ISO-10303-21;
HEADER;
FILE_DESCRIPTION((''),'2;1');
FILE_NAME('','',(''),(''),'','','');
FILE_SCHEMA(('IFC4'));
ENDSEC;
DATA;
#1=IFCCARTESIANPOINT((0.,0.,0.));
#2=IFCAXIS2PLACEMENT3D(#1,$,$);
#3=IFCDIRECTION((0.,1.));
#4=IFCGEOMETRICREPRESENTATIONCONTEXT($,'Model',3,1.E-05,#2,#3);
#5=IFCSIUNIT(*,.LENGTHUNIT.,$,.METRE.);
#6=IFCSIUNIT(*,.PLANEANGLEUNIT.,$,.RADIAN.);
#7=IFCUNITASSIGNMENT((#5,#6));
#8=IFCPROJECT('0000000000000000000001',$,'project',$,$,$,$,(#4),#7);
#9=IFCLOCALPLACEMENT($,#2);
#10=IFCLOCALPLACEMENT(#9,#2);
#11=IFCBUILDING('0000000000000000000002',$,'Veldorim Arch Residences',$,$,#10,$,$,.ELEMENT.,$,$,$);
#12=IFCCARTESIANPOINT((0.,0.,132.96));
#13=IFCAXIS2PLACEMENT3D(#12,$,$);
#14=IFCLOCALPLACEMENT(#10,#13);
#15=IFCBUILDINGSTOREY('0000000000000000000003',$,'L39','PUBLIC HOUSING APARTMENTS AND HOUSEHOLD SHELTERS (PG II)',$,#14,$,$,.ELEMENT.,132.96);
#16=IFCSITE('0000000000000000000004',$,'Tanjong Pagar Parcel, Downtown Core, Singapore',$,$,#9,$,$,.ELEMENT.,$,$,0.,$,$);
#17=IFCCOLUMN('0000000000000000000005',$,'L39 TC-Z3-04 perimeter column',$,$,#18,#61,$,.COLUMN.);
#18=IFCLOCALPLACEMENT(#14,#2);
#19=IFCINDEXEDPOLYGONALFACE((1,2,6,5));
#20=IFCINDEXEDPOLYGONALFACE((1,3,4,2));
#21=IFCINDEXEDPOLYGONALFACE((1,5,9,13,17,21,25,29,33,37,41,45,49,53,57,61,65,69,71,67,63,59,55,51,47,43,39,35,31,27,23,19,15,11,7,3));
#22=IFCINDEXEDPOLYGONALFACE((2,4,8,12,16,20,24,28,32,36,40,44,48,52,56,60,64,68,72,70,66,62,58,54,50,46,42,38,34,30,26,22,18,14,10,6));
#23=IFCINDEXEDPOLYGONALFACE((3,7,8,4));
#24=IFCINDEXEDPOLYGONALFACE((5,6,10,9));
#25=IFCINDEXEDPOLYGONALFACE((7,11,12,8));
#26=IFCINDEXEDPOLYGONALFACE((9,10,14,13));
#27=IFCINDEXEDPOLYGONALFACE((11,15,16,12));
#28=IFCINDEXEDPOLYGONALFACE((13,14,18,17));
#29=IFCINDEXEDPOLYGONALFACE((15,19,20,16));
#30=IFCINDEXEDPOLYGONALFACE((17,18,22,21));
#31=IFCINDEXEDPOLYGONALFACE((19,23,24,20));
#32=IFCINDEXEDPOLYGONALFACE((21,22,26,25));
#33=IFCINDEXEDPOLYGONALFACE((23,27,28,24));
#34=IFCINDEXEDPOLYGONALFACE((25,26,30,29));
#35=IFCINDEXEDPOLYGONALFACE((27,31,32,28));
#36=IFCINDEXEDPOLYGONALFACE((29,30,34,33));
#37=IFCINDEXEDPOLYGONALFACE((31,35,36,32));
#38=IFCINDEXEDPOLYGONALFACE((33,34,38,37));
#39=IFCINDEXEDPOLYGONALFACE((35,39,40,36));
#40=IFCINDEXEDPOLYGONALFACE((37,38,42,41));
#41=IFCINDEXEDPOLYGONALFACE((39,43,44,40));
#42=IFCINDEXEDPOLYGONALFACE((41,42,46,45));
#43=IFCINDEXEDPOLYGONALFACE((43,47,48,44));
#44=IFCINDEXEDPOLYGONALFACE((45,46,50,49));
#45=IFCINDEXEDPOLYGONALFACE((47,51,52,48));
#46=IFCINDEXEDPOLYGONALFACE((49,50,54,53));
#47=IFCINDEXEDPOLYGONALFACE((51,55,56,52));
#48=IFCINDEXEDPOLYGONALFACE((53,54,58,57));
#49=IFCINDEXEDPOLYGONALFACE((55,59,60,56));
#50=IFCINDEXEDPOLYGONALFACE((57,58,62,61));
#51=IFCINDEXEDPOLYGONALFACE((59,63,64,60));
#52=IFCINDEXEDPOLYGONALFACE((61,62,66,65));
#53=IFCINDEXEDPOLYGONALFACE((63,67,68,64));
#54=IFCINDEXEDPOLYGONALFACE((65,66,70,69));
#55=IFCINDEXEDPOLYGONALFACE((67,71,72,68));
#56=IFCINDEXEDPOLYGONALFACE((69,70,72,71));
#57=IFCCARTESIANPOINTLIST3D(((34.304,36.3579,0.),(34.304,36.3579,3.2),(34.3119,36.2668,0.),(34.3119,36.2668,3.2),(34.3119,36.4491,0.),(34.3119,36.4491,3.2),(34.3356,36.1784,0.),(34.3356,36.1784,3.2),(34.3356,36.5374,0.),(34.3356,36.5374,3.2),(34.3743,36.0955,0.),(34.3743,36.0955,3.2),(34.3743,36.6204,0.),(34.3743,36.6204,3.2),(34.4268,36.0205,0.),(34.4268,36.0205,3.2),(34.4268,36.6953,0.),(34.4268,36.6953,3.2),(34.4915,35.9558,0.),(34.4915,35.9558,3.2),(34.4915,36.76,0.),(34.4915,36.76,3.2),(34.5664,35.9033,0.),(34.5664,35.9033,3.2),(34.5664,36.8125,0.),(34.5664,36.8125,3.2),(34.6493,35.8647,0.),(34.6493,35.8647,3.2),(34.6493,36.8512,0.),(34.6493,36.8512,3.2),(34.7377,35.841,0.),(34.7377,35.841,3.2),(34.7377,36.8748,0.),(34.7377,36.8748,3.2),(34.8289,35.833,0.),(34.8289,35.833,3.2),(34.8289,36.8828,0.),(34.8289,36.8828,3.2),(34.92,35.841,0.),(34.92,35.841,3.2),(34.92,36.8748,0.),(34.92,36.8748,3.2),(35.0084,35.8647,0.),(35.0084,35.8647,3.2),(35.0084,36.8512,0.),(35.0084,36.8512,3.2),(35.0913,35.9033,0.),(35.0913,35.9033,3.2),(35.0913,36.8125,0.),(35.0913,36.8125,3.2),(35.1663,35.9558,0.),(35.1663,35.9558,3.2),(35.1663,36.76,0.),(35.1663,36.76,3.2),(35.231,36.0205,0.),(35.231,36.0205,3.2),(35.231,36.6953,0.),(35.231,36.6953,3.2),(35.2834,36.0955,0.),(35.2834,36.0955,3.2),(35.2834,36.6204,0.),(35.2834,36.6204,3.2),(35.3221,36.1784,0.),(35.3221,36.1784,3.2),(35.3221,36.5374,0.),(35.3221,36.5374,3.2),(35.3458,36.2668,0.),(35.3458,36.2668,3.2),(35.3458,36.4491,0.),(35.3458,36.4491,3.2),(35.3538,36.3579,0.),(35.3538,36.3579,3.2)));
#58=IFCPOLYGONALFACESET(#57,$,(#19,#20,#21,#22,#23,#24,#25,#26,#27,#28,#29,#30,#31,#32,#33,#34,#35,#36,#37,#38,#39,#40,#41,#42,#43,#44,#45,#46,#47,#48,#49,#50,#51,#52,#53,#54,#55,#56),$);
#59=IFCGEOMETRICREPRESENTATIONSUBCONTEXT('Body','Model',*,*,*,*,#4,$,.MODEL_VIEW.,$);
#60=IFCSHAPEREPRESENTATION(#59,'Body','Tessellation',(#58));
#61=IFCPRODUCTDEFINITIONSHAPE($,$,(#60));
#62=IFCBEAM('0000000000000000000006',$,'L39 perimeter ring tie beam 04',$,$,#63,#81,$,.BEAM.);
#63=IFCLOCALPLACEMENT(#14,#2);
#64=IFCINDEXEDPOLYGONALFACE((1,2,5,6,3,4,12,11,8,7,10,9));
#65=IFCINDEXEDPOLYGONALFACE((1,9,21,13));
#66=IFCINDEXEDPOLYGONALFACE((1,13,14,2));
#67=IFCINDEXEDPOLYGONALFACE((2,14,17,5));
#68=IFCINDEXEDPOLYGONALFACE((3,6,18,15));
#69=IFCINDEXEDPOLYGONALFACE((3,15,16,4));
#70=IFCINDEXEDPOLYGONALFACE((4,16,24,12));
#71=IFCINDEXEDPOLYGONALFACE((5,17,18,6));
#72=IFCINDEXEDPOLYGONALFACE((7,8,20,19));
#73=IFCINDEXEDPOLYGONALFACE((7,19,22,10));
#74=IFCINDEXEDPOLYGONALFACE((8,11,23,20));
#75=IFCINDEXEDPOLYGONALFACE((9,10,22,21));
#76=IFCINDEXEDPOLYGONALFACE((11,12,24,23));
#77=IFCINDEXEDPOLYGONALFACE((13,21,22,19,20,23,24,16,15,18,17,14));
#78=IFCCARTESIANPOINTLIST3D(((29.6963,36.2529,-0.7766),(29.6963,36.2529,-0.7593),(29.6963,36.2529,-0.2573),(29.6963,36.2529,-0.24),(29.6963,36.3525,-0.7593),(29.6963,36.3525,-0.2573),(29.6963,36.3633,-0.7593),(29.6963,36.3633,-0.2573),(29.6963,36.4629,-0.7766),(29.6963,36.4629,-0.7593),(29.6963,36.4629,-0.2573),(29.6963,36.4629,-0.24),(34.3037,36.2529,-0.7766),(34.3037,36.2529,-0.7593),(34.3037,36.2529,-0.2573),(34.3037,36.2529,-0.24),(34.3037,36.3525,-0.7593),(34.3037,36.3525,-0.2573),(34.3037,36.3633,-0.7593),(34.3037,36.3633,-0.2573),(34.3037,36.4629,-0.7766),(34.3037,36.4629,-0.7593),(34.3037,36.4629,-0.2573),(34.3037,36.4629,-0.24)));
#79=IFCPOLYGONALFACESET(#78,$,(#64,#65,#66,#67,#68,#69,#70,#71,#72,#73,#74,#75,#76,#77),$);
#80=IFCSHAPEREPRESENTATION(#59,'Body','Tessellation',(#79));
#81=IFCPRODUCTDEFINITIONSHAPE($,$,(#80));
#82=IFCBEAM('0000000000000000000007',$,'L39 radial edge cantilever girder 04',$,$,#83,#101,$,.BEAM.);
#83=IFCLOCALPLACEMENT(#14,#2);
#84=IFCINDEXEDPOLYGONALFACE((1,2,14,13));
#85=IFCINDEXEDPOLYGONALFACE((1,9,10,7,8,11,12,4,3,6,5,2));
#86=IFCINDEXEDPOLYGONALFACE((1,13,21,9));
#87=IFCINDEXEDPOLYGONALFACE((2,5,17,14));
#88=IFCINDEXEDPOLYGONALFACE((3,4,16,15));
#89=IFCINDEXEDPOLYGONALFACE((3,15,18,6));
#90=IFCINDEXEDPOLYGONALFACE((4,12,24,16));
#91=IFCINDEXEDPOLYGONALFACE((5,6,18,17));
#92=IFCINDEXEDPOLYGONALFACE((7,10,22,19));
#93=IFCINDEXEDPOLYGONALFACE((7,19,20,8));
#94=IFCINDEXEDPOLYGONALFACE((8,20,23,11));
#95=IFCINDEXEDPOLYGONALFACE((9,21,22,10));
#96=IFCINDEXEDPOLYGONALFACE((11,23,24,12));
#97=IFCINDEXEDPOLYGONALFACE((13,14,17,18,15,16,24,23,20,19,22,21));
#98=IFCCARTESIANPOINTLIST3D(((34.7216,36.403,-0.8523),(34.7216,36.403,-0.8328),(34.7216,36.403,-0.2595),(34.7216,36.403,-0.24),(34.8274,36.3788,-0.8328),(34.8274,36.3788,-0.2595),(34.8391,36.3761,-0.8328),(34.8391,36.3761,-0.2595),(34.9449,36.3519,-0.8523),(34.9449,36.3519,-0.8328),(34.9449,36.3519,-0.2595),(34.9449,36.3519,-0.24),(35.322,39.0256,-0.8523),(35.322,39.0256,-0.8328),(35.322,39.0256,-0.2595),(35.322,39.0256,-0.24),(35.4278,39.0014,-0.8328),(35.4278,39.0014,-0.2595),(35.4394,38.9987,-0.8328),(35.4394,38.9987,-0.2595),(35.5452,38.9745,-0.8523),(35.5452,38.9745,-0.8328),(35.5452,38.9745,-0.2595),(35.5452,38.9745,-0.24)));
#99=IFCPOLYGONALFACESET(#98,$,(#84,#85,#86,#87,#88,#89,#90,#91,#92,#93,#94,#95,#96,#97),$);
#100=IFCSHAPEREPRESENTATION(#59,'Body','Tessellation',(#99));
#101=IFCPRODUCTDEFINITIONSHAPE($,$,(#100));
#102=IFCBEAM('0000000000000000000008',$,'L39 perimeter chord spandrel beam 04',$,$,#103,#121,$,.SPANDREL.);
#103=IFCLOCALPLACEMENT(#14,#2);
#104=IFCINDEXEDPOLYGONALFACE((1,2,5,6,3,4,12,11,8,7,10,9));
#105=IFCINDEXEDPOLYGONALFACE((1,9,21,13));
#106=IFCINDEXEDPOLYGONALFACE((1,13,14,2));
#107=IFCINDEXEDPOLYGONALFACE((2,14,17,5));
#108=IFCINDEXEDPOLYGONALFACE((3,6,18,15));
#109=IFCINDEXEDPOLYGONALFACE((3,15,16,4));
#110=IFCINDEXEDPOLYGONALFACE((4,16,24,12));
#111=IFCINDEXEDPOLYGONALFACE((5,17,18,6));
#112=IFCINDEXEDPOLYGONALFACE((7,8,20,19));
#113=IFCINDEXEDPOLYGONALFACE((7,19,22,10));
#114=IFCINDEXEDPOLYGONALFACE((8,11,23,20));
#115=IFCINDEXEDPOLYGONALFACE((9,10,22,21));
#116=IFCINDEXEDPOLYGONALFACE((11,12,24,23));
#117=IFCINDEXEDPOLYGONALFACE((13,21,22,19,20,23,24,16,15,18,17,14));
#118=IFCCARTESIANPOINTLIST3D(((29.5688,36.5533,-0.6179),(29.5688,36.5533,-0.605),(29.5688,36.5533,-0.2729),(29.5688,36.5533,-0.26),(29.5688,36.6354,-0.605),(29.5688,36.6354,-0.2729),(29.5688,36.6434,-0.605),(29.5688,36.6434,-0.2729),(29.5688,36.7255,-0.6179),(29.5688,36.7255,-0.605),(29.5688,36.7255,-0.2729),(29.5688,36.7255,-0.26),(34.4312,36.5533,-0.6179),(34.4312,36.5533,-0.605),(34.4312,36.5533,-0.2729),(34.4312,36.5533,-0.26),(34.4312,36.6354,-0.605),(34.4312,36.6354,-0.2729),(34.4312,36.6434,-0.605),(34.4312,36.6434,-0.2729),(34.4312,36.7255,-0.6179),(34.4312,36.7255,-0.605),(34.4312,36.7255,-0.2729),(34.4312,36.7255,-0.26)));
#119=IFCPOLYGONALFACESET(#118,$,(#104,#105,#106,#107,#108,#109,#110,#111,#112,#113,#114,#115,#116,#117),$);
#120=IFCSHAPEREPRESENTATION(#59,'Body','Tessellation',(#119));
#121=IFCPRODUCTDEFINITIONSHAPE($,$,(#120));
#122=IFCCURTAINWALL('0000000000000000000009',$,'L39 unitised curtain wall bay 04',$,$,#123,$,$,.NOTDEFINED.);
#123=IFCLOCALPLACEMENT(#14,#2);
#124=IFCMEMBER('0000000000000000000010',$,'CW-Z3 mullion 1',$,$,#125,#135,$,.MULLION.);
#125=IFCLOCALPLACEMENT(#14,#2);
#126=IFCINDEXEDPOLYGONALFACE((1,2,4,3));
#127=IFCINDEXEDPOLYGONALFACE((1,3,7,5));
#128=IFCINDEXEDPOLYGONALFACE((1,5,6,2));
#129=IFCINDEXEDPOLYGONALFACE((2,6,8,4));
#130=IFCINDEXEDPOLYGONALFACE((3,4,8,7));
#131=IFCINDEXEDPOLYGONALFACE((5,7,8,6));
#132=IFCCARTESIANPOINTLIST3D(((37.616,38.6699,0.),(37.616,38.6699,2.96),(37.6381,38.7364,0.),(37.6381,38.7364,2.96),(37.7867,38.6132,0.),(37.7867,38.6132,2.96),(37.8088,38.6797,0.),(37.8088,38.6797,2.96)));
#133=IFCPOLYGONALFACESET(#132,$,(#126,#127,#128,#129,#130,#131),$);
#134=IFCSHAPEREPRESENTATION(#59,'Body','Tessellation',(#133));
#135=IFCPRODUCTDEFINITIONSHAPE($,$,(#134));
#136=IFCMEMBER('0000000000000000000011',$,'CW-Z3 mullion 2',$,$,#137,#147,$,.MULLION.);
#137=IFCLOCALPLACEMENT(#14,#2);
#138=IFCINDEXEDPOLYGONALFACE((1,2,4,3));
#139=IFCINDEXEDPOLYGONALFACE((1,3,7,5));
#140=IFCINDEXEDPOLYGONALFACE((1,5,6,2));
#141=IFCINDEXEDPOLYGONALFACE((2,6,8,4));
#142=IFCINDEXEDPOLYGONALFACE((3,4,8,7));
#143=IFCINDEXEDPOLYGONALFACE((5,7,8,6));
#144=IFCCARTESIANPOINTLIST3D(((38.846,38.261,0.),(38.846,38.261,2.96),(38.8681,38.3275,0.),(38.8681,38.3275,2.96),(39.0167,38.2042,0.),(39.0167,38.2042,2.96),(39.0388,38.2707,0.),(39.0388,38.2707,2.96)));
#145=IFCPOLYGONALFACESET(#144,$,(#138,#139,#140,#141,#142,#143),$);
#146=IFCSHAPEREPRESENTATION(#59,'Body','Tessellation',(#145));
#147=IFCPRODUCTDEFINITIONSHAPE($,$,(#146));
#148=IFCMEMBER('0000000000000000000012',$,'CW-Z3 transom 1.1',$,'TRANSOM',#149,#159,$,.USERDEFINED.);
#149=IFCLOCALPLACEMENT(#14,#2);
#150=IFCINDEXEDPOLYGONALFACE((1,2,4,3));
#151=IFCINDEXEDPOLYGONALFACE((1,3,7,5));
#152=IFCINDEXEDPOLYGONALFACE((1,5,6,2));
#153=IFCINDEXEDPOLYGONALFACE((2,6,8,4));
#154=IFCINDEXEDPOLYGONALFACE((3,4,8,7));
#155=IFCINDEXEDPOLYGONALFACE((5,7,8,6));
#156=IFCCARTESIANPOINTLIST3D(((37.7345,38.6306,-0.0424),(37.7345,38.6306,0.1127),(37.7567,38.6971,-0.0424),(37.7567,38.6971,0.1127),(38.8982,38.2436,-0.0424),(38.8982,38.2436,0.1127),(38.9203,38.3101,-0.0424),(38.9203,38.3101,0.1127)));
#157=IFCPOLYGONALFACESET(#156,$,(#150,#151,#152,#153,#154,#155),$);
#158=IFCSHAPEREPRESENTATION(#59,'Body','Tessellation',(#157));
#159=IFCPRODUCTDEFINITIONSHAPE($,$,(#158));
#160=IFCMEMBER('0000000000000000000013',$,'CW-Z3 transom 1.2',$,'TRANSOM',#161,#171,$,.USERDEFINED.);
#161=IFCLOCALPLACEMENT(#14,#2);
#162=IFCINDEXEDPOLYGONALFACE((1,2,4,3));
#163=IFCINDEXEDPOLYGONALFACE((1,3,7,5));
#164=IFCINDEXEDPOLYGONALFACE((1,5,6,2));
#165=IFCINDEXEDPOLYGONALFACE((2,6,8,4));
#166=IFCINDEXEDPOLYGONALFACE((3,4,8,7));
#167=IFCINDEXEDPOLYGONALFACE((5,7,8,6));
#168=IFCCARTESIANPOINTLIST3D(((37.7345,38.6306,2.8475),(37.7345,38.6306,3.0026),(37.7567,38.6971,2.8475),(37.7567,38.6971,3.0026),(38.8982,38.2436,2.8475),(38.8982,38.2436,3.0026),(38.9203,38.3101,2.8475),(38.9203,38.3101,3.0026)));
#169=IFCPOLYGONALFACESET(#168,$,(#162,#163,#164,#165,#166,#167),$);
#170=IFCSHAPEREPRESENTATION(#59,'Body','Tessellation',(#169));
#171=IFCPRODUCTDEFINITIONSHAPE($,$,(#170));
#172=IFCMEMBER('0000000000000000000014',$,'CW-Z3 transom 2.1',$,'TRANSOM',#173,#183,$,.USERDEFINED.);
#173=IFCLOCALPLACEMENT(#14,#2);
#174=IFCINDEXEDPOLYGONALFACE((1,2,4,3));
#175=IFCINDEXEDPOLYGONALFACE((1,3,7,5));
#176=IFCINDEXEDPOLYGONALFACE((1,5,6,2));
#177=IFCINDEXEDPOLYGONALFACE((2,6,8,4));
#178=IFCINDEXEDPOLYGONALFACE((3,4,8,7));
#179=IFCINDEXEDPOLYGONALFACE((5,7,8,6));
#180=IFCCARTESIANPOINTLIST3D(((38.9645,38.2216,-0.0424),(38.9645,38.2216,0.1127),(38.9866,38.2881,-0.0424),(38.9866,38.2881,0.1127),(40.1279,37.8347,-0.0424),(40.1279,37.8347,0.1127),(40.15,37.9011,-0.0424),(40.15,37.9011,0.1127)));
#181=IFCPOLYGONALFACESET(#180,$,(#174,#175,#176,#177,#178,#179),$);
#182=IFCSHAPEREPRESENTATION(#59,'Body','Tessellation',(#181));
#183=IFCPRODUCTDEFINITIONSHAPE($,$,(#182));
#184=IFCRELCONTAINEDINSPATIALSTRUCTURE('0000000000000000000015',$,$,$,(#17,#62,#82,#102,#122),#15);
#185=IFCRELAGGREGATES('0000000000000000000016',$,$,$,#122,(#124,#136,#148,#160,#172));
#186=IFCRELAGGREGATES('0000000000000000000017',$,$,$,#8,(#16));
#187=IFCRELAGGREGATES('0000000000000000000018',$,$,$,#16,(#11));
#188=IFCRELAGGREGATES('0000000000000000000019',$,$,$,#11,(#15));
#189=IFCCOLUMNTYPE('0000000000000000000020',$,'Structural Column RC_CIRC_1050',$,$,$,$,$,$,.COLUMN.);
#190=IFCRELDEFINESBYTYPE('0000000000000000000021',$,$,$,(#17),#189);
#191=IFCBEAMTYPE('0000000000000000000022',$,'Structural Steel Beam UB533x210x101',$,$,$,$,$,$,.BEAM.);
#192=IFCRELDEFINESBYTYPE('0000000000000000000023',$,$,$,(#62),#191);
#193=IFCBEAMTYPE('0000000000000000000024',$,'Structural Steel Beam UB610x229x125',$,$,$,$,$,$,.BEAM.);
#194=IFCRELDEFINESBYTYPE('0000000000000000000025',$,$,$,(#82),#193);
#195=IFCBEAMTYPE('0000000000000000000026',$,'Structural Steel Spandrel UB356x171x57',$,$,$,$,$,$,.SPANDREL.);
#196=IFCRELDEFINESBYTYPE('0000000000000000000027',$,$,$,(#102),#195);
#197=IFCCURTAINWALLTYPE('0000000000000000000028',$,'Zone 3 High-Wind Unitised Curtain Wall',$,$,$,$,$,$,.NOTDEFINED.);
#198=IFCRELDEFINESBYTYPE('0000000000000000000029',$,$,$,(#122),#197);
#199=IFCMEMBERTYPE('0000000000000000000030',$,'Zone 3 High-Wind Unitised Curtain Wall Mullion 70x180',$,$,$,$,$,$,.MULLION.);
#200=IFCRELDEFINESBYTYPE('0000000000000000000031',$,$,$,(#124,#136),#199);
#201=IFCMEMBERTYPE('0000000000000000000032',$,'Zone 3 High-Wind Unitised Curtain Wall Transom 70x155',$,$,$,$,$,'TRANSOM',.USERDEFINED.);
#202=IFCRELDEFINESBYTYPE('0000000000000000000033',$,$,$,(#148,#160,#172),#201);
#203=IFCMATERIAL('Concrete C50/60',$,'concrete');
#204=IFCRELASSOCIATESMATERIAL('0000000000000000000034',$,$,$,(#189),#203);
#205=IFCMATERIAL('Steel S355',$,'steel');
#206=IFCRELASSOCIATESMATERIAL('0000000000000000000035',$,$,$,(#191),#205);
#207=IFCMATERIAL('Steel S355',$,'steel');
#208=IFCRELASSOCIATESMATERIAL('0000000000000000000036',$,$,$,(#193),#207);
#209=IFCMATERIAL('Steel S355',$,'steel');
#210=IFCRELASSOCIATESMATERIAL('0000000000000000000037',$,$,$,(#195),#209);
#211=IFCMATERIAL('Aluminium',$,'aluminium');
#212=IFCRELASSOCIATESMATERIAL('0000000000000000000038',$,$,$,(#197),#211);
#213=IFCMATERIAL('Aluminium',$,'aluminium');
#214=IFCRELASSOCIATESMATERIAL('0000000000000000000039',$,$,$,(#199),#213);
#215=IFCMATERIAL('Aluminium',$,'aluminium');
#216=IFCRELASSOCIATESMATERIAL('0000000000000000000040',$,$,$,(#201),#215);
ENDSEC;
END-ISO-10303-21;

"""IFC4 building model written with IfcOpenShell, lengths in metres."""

from ifc_helpers import new_model, si_unit, direction, frame, origin, origin_2d, place, context, subcontext, project, spatial, rectangle, circle, i_section, extrude, material, material_profile, profile_set, type_object, element, aggregate, save


model = new_model("IFC4")

# Units and contexts
model_context = context("Model", 3, precision=1e-05, world=origin(), true_north=direction((0.0, 1.0)))
body_context = subcontext(model_context, "Body", "Model", "MODEL_VIEW")
ifc_project = project(units=[si_unit("LENGTHUNIT", "METRE"), si_unit("PLANEANGLEUNIT", "RADIAN")], contexts=[model_context])

# Site, building, storey
site_placement = place(None, origin())
site = spatial("IfcSite", under=ifc_project, at=site_placement, Name="Tanjong Pagar Parcel, Downtown Core, Singapore", CompositionType="ELEMENT", RefElevation=0.0)
building_placement = place(site_placement, origin())
building = spatial("IfcBuilding", under=site, at=building_placement, Name="Veldorim Arch Residences", CompositionType="ELEMENT")
storey_placement = place(building_placement, frame((0.0, 0.0, 132.96)))
storey = spatial("IfcBuildingStorey", under=building, at=storey_placement, Name="L39", Description="PUBLIC HOUSING APARTMENTS AND HOUSEHOLD SHELTERS (PG II)", CompositionType="ELEMENT", Elevation=132.96)

# Column
ifc_material_1 = material(Name="Concrete C50/60", Category="concrete")
ifc_material_profile_1 = material_profile(ifc_material_1, circle(Radius=0.5249, at=origin_2d()), Name="RC_CIRC_1050")
ifc_profile_set_1 = profile_set([ifc_material_profile_1], Name="Concrete C50/60")
column_type = type_object("IfcColumnType", Name="Structural Column RC_CIRC_1050", PredefinedType="COLUMN", material=ifc_profile_set_1)
column_placement = place(storey_placement, frame((34.8289, 36.3579, 0.0), z_axis=(0.0, 0.0, 1.0), x_axis=(1.0, 0.0, 0.0)))
element("IfcColumn", 1, at=column_placement, inside=storey, type_object=column_type, Name="L39 TC-Z3-04 perimeter column", PredefinedType="COLUMN", context=body_context, shape_type="SweptSolid", body=[
    extrude(circle(Radius=0.5249, at=origin_2d()), origin(), (0.0, 0.0, 1.0), 3.2),
])

# Beams
ifc_material_2 = material(Name="Steel S355", Category="steel")
ifc_material_profile_2 = material_profile(ifc_material_2, i_section(OverallWidth=0.21, OverallDepth=0.5366, WebThickness=0.0107, FlangeThickness=0.0173, at=origin_2d()), Name="UB533x210x101")
ifc_profile_set_2 = profile_set([ifc_material_profile_2], Name="Steel S355")
beam_type_1 = type_object("IfcBeamType", Name="Structural Steel Beam UB533x210x101", PredefinedType="BEAM", material=ifc_profile_set_2)
beam_1_placement = place(storey_placement, frame((34.3037, 36.3579, -0.5083), z_axis=(-1.0, 0.0, 0.0), x_axis=(0.0, -1.0, 0.0)))
element("IfcBeam", 2, at=beam_1_placement, inside=storey, type_object=beam_type_1, Name="L39 perimeter ring tie beam 04", PredefinedType="BEAM", context=body_context, shape_type="SweptSolid", body=[
    extrude(i_section(OverallWidth=0.21, OverallDepth=0.5366, WebThickness=0.0107, FlangeThickness=0.0173, at=origin_2d()), origin(), (0.0, 0.0, 1.0), 4.6074),
])
ifc_material_3 = material(Name="Steel S355", Category="steel")
ifc_material_profile_3 = material_profile(ifc_material_3, i_section(OverallWidth=0.229, OverallDepth=0.6123, WebThickness=0.012, FlangeThickness=0.0195, at=origin_2d()), Name="UB610x229x125")
ifc_profile_set_3 = profile_set([ifc_material_profile_3], Name="Steel S355")
beam_type_2 = type_object("IfcBeamType", Name="Structural Steel Beam UB610x229x125", PredefinedType="BEAM", material=ifc_profile_set_3)
beam_2_placement = place(storey_placement, frame((34.8333, 36.3774, -0.5461), z_axis=(0.223143, 0.974786, 0.0), x_axis=(-0.974786, 0.223143, 0.0)))
element("IfcBeam", 3, at=beam_2_placement, inside=storey, type_object=beam_type_2, Name="L39 radial edge cantilever girder 04", PredefinedType="BEAM", context=body_context, shape_type="SweptSolid", body=[
    extrude(i_section(OverallWidth=0.229, OverallDepth=0.6123, WebThickness=0.012, FlangeThickness=0.0195, at=origin_2d()), origin(), (0.0, 0.0, 1.0), 2.6904),
])
ifc_material_4 = material(Name="Steel S355", Category="steel")
ifc_material_profile_4 = material_profile(ifc_material_4, i_section(OverallWidth=0.1721, OverallDepth=0.3579, WebThickness=0.0081, FlangeThickness=0.0129, at=origin_2d()), Name="UB356x171x57")
ifc_profile_set_4 = profile_set([ifc_material_profile_4], Name="Steel S355")
beam_type_3 = type_object("IfcBeamType", Name="Structural Steel Spandrel UB356x171x57", PredefinedType="SPANDREL", material=ifc_profile_set_4)
beam_3_placement = place(storey_placement, frame((34.4312, 36.6394, -0.439), z_axis=(-1.0, 0.0, 0.0), x_axis=(0.0, -1.0, 0.0)))
element("IfcBeam", 4, at=beam_3_placement, inside=storey, type_object=beam_type_3, Name="L39 perimeter chord spandrel beam 04", PredefinedType="SPANDREL", context=body_context, shape_type="SweptSolid", body=[
    extrude(i_section(OverallWidth=0.1721, OverallDepth=0.3579, WebThickness=0.0081, FlangeThickness=0.0129, at=origin_2d()), origin(), (0.0, 0.0, 1.0), 4.8623),
])

# Curtain wall, members
ifc_material_5 = material(Name="Aluminium", Category="aluminium")
curtain_wall_type = type_object("IfcCurtainWallType", Name="Zone 3 High-Wind Unitised Curtain Wall", PredefinedType="NOTDEFINED", material=ifc_material_5)
curtain_wall_placement = place(storey_placement, origin())
curtain_wall = element("IfcCurtainWall", 5, at=curtain_wall_placement, inside=storey, type_object=curtain_wall_type, Name="L39 unitised curtain wall bay 04", PredefinedType="NOTDEFINED")
ifc_material_6 = material(Name="Aluminium", Category="aluminium")
ifc_material_profile_5 = material_profile(ifc_material_6, rectangle(XDim=0.0701, YDim=0.1799, at=origin_2d()), Name="ALU_MUL_70x180")
ifc_profile_set_5 = profile_set([ifc_material_profile_5], Name="Aluminium")
member_type_1 = type_object("IfcMemberType", Name="Zone 3 High-Wind Unitised Curtain Wall Mullion 70x180", PredefinedType="MULLION", material=ifc_profile_set_5)
member_1_placement = place(storey_placement, frame((37.7124, 38.6748, 0.0), z_axis=(0.0, 0.0, 1.0), x_axis=(0.315552, 0.948908, 0.0)))
member_1 = element("IfcMember", 6, at=member_1_placement, type_object=member_type_1, Name="CW-Z3 mullion 1", PredefinedType="MULLION", context=body_context, shape_type="SweptSolid", body=[
    extrude(rectangle(XDim=0.0701, YDim=0.1799, at=origin_2d()), origin(), (0.0, 0.0, 1.0), 2.96),
])
member_2_placement = place(storey_placement, frame((38.9424, 38.2659, 0.0), z_axis=(0.0, 0.0, 1.0), x_axis=(0.315552, 0.948908, 0.0)))
member_2 = element("IfcMember", 7, at=member_2_placement, type_object=member_type_1, Name="CW-Z3 mullion 2", PredefinedType="MULLION", context=body_context, shape_type="SweptSolid", body=[
    extrude(rectangle(XDim=0.0701, YDim=0.1799, at=origin_2d()), origin(), (0.0, 0.0, 1.0), 2.96),
])
ifc_material_7 = material(Name="Aluminium", Category="aluminium")
ifc_material_profile_6 = material_profile(ifc_material_7, rectangle(XDim=0.0701, YDim=0.155, at=origin_2d()), Name="ALU_TRN_70x155")
ifc_profile_set_6 = profile_set([ifc_material_profile_6], Name="Aluminium")
member_type_2 = type_object("IfcMemberType", Name="Zone 3 High-Wind Unitised Curtain Wall Transom 70x155", ElementType="TRANSOM", PredefinedType="USERDEFINED", material=ifc_profile_set_6)
member_3_placement = place(storey_placement, frame((37.7456, 38.6638, 0.0352), z_axis=(0.948902, -0.315571, 0.0), x_axis=(0.315571, 0.948902, 0.0)))
member_3 = element("IfcMember", 8, at=member_3_placement, type_object=member_type_2, Name="CW-Z3 transom 1.1", ObjectType="TRANSOM", PredefinedType="USERDEFINED", context=body_context, shape_type="SweptSolid", body=[
    extrude(rectangle(XDim=0.0701, YDim=0.155, at=origin_2d()), origin(), (0.0, 0.0, 1.0), 1.2263),
])
member_4_placement = place(storey_placement, frame((37.7456, 38.6638, 2.925), z_axis=(0.948902, -0.315571, 0.0), x_axis=(0.315571, 0.948902, 0.0)))
member_4 = element("IfcMember", 9, at=member_4_placement, type_object=member_type_2, Name="CW-Z3 transom 1.2", ObjectType="TRANSOM", PredefinedType="USERDEFINED", context=body_context, shape_type="SweptSolid", body=[
    extrude(rectangle(XDim=0.0701, YDim=0.155, at=origin_2d()), origin(), (0.0, 0.0, 1.0), 1.2263),
])
member_5_placement = place(storey_placement, frame((38.9756, 38.2549, 0.0352), z_axis=(0.948882, -0.31563, 0.0), x_axis=(0.31563, 0.948882, 0.0)))
member_5 = element("IfcMember", 10, at=member_5_placement, type_object=member_type_2, Name="CW-Z3 transom 2.1", ObjectType="TRANSOM", PredefinedType="USERDEFINED", context=body_context, shape_type="SweptSolid", body=[
    extrude(rectangle(XDim=0.0701, YDim=0.155, at=origin_2d()), origin(), (0.0, 0.0, 1.0), 1.2261),
])
aggregate(curtain_wall, [member_1, member_2, member_3, member_4, member_5])

save(model, "model.ifc")
